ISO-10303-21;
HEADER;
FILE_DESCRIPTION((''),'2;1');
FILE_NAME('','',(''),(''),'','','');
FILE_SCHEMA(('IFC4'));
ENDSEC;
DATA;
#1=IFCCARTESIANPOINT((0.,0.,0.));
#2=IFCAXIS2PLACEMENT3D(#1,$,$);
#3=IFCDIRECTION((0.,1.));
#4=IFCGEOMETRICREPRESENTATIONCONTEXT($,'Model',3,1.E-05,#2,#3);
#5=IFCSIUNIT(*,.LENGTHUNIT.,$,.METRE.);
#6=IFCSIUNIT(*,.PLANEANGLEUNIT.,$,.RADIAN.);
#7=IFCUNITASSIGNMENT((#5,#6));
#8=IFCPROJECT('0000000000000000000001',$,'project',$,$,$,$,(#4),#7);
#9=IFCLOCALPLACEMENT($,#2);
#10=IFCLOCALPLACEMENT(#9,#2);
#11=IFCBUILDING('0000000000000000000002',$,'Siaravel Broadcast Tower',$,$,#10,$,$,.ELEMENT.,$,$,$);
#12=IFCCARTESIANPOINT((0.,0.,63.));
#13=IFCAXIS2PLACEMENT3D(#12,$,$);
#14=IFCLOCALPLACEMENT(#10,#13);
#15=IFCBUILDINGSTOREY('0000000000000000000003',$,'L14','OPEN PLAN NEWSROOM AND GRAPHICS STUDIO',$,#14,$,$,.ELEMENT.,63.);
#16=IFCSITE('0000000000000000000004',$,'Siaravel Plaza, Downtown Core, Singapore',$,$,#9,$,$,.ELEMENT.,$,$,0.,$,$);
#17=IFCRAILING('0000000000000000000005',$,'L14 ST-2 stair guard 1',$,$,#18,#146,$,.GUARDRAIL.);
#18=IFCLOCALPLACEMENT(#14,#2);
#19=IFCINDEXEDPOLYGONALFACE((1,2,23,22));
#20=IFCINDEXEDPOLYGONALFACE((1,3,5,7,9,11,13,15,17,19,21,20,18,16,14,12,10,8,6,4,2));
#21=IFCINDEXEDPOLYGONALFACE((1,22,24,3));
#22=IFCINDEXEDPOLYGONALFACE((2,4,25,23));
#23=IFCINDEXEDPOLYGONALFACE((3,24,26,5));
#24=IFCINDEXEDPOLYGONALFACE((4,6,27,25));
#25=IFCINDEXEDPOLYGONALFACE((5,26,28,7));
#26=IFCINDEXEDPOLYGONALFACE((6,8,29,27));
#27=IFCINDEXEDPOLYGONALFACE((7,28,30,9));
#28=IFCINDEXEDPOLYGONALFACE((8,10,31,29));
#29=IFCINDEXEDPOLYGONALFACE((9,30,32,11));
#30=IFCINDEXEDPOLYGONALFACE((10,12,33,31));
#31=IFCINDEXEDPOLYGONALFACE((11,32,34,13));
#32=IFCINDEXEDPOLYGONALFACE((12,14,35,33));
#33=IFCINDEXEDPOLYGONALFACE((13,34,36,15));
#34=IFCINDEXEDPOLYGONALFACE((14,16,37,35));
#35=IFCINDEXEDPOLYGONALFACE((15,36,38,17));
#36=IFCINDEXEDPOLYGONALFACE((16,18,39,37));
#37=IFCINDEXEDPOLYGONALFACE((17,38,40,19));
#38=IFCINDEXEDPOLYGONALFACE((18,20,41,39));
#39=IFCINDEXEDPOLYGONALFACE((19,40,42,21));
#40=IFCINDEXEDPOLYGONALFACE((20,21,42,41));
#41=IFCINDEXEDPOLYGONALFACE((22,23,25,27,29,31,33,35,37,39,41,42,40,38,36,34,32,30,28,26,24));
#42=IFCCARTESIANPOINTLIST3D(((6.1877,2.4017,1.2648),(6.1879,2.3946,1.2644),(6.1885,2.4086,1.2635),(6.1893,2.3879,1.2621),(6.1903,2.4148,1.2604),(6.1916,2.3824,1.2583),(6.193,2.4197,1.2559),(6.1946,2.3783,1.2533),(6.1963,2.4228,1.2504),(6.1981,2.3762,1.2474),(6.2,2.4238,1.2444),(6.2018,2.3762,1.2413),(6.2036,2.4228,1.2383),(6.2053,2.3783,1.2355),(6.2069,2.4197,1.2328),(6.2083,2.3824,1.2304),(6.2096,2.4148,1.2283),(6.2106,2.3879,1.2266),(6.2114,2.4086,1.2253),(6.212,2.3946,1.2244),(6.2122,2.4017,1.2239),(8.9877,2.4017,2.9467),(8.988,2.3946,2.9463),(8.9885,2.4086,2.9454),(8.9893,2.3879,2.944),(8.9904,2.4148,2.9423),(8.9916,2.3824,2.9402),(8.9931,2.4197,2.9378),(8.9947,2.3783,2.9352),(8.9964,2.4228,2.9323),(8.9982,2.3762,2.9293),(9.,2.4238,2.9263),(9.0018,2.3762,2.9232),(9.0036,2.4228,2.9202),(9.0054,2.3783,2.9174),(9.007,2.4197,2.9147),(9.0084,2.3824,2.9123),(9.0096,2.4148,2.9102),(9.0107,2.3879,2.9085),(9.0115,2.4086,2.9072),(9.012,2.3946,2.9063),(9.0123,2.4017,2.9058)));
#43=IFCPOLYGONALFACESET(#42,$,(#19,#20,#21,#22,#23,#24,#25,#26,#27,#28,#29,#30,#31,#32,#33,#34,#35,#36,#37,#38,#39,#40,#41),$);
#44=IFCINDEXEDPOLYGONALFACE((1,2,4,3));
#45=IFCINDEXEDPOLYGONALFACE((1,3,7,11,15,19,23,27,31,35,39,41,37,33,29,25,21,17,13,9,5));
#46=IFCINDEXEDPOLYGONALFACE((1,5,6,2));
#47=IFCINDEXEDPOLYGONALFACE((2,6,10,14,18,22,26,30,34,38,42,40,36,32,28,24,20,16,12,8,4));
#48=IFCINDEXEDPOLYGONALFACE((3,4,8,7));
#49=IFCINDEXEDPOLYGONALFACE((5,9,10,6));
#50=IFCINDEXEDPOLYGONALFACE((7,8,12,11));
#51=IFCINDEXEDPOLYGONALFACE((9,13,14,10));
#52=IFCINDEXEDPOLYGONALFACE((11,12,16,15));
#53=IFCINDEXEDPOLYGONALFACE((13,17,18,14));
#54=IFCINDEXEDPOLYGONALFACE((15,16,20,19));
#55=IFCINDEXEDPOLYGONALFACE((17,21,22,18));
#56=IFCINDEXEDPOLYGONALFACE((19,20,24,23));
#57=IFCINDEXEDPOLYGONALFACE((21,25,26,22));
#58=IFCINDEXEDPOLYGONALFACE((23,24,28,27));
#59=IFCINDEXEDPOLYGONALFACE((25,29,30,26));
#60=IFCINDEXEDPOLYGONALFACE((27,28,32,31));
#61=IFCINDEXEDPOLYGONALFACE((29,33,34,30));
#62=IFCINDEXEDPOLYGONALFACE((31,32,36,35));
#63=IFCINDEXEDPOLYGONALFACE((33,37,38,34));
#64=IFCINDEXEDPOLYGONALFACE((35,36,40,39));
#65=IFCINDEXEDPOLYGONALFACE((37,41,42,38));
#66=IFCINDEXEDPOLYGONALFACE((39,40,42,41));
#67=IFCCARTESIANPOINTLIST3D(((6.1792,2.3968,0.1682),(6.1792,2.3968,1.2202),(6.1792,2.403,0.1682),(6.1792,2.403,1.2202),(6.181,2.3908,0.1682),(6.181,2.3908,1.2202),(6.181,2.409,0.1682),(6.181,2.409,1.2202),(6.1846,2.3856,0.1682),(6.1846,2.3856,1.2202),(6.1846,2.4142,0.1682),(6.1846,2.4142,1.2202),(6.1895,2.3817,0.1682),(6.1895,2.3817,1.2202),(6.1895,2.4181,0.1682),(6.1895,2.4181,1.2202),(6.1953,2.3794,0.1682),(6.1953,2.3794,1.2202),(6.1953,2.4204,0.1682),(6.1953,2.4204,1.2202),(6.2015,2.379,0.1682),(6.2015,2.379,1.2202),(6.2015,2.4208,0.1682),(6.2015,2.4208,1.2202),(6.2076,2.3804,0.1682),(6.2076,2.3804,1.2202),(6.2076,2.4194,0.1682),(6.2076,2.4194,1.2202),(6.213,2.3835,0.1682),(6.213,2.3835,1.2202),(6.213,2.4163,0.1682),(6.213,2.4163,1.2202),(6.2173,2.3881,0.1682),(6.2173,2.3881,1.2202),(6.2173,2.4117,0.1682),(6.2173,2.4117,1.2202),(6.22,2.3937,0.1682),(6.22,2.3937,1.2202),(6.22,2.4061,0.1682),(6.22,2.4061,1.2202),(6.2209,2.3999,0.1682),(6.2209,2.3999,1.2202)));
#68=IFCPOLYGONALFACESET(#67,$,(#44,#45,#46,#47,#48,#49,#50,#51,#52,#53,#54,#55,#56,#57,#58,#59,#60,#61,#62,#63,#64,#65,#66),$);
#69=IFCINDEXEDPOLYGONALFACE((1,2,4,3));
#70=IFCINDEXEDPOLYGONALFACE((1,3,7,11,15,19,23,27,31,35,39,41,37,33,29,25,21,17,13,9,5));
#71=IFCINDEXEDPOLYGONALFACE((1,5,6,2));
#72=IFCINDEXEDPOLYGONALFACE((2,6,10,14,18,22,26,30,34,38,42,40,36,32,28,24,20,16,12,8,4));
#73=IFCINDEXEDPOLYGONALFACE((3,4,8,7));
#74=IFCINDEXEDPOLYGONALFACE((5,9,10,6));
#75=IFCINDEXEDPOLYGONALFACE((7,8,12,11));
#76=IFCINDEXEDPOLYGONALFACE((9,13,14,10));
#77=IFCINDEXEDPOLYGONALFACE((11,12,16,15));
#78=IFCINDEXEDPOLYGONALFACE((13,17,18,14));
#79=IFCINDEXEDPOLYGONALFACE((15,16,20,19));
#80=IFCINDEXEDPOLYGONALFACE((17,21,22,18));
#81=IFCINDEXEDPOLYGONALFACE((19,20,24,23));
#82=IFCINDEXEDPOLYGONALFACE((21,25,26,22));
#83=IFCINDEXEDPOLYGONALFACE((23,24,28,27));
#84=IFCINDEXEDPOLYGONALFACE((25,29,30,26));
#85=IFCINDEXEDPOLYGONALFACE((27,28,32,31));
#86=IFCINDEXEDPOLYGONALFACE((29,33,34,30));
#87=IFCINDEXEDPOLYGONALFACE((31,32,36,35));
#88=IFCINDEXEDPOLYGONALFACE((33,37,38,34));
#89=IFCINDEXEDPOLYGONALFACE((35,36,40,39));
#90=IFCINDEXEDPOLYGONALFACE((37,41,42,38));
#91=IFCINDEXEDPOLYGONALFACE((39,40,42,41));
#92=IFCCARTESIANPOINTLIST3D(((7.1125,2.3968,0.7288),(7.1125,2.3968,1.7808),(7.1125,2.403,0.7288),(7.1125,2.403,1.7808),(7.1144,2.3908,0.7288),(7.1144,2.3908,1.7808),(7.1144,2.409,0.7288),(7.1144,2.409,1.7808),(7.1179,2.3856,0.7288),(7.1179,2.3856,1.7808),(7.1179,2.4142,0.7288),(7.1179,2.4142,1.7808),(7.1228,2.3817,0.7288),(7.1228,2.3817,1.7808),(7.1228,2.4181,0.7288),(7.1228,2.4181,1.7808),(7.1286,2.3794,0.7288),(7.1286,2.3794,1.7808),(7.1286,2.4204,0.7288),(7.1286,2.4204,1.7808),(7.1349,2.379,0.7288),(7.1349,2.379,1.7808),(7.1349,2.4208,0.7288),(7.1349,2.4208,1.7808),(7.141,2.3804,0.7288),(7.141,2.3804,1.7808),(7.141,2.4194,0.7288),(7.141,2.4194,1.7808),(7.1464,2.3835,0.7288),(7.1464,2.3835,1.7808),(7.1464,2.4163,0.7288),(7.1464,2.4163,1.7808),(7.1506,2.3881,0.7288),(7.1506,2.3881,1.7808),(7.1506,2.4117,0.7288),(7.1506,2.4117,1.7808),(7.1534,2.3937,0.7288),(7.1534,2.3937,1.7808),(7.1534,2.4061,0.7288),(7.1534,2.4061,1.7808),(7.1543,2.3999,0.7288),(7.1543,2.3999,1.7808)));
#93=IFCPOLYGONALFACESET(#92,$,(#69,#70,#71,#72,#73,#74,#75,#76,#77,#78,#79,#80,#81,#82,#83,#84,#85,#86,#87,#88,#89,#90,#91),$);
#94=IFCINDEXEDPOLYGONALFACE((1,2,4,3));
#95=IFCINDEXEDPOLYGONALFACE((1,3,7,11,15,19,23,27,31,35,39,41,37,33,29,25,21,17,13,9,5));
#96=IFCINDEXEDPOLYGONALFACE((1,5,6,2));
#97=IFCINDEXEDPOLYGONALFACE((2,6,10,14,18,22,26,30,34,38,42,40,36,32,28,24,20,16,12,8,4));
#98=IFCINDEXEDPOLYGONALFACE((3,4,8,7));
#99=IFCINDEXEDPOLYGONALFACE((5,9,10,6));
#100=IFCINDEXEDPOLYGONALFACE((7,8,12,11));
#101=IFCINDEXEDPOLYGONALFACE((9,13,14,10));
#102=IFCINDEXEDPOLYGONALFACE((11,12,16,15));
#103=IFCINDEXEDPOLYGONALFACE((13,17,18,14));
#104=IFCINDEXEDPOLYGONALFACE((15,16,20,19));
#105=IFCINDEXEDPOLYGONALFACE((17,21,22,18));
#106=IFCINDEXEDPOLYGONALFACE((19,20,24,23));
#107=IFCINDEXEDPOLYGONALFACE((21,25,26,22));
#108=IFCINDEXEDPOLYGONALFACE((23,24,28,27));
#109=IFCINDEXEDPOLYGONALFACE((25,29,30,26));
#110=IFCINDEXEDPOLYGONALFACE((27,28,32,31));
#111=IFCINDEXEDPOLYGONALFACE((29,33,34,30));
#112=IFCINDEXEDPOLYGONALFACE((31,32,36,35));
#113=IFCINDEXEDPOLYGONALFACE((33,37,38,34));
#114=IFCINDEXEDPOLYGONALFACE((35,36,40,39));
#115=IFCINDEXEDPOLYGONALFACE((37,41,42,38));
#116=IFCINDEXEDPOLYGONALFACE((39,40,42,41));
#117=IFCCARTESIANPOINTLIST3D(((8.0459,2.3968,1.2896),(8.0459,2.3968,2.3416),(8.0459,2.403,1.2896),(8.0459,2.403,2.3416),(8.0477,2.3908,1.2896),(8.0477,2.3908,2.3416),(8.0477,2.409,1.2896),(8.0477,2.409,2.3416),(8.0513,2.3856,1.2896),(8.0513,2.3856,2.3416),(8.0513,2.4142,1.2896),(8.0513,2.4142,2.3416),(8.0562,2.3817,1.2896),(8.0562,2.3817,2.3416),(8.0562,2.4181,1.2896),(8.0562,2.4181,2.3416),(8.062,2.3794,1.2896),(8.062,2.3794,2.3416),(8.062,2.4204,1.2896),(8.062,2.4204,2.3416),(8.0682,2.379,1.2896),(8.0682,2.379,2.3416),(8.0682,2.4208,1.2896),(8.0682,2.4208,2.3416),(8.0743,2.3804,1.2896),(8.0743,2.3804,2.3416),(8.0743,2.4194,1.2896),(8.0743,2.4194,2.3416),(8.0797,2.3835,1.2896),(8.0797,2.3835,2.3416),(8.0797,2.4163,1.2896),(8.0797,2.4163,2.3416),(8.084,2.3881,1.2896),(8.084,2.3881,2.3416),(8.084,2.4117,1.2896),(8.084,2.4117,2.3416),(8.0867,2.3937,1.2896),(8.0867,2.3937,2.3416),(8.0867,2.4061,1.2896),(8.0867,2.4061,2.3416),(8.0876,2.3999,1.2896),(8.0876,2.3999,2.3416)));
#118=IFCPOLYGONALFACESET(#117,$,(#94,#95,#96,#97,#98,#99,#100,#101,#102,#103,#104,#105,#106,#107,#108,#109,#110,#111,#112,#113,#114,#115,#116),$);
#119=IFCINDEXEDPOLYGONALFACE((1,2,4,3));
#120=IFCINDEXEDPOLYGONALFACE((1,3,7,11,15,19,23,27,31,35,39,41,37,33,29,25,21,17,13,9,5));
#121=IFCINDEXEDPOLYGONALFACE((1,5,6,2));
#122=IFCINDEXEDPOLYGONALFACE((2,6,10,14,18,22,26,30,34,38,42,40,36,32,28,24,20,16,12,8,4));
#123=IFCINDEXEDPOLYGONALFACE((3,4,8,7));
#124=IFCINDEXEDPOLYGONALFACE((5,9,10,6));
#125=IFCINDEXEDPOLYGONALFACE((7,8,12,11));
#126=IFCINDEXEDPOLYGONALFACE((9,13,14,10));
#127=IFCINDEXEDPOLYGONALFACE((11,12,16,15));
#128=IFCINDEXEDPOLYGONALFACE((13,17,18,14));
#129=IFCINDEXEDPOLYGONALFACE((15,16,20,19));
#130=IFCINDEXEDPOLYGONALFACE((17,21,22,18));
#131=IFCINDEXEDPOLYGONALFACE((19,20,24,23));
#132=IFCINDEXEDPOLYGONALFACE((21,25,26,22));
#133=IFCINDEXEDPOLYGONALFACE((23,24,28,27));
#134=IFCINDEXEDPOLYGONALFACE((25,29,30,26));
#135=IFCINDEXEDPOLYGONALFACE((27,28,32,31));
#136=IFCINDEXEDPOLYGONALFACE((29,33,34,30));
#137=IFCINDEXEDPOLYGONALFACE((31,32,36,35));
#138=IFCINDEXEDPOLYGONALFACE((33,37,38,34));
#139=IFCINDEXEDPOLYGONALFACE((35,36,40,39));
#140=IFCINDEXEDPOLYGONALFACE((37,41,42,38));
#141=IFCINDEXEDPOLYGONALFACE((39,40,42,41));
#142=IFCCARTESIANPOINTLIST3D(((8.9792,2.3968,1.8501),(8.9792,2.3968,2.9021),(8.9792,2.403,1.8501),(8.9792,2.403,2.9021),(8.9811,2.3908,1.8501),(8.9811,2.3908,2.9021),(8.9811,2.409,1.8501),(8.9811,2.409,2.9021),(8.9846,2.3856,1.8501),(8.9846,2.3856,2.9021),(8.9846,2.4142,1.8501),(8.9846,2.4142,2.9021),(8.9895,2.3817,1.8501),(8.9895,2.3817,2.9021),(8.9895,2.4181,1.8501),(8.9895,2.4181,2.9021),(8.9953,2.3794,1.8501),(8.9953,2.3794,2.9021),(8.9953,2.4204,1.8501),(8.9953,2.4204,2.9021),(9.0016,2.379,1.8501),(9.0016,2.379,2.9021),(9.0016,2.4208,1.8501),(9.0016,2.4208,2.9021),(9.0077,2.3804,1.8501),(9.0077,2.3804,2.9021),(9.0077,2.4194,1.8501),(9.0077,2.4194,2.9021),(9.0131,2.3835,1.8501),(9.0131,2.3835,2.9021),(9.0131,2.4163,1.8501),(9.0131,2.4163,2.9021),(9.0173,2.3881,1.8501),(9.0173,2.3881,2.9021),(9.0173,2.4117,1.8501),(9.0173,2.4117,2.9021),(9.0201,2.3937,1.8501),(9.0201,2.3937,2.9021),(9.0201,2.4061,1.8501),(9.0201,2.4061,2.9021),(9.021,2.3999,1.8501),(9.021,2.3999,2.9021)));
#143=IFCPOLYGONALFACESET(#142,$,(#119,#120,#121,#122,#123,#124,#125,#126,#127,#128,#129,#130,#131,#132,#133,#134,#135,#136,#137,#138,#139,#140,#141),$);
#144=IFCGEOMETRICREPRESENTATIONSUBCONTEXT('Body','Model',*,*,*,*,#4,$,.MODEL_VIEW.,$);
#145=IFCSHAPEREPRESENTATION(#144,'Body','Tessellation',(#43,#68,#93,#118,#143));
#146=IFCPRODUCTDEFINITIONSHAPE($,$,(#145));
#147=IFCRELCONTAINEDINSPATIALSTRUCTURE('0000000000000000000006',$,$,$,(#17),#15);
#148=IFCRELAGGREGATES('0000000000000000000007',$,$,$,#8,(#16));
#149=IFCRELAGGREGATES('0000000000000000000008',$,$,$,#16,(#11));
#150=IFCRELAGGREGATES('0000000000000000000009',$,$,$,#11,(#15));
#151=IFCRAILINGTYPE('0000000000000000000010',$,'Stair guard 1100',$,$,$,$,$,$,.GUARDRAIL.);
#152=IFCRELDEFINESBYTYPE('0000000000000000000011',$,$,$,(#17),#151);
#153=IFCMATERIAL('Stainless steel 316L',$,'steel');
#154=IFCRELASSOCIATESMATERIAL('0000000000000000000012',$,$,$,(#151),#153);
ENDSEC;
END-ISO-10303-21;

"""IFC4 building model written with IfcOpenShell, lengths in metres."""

from ifc_helpers import new_model, si_unit, direction, frame, origin, origin_2d, place, context, subcontext, project, spatial, circle, extrude, material, type_object, element, save


model = new_model("IFC4")

# Units and contexts
model_context = context("Model", 3, precision=1e-05, world=origin(), true_north=direction((0.0, 1.0)))
body_context = subcontext(model_context, "Body", "Model", "MODEL_VIEW")
ifc_project = project(units=[si_unit("LENGTHUNIT", "METRE"), si_unit("PLANEANGLEUNIT", "RADIAN")], contexts=[model_context])

# Site, building, storey
site_placement = place(None, origin())
site = spatial("IfcSite", under=ifc_project, at=site_placement, Name="Siaravel Plaza, Downtown Core, Singapore", CompositionType="ELEMENT", RefElevation=0.0)
building_placement = place(site_placement, origin())
building = spatial("IfcBuilding", under=site, at=building_placement, Name="Siaravel Broadcast Tower", CompositionType="ELEMENT")
storey_placement = place(building_placement, frame((0.0, 0.0, 63.0)))
storey = spatial("IfcBuildingStorey", under=building, at=storey_placement, Name="L14", Description="OPEN PLAN NEWSROOM AND GRAPHICS STUDIO", CompositionType="ELEMENT", Elevation=63.0)

# Railing
ifc_material_1 = material(Name="Stainless steel 316L", Category="steel")
railing_type_1 = type_object("IfcRailingType", Name="Stair guard 1100", PredefinedType="GUARDRAIL", material=ifc_material_1)
railing_1_placement = place(storey_placement, frame((6.2, 2.3999, 0.1682)))
element("IfcRailing", 1, at=railing_1_placement, inside=storey, type_object=railing_type_1, Name="L14 ST-2 stair guard 1", PredefinedType="GUARDRAIL", context=body_context, shape_type="SweptSolid", body=[
    extrude(circle(Radius=0.0239, at=origin_2d()), frame((0.0, 0.0, 1.0762), z_axis=(0.857242, 0.0, 0.514913), x_axis=(0.0, 1.0, 0.0)), (0.0, 0.0, 1.0), 3.2664),
    extrude(circle(Radius=0.021, at=origin_2d()), origin(), (0.0, 0.0, 1.0), 1.052),
    extrude(circle(Radius=0.021, at=origin_2d()), frame((0.9333, 0.0, 0.5605)), (0.0, 0.0, 1.0), 1.052),
    extrude(circle(Radius=0.021, at=origin_2d()), frame((1.8667, 0.0, 1.1213)), (0.0, 0.0, 1.0), 1.052),
    extrude(circle(Radius=0.021, at=origin_2d()), frame((2.8, 0.0, 1.6819)), (0.0, 0.0, 1.0), 1.052),
])

save(model, "model.ifc")
